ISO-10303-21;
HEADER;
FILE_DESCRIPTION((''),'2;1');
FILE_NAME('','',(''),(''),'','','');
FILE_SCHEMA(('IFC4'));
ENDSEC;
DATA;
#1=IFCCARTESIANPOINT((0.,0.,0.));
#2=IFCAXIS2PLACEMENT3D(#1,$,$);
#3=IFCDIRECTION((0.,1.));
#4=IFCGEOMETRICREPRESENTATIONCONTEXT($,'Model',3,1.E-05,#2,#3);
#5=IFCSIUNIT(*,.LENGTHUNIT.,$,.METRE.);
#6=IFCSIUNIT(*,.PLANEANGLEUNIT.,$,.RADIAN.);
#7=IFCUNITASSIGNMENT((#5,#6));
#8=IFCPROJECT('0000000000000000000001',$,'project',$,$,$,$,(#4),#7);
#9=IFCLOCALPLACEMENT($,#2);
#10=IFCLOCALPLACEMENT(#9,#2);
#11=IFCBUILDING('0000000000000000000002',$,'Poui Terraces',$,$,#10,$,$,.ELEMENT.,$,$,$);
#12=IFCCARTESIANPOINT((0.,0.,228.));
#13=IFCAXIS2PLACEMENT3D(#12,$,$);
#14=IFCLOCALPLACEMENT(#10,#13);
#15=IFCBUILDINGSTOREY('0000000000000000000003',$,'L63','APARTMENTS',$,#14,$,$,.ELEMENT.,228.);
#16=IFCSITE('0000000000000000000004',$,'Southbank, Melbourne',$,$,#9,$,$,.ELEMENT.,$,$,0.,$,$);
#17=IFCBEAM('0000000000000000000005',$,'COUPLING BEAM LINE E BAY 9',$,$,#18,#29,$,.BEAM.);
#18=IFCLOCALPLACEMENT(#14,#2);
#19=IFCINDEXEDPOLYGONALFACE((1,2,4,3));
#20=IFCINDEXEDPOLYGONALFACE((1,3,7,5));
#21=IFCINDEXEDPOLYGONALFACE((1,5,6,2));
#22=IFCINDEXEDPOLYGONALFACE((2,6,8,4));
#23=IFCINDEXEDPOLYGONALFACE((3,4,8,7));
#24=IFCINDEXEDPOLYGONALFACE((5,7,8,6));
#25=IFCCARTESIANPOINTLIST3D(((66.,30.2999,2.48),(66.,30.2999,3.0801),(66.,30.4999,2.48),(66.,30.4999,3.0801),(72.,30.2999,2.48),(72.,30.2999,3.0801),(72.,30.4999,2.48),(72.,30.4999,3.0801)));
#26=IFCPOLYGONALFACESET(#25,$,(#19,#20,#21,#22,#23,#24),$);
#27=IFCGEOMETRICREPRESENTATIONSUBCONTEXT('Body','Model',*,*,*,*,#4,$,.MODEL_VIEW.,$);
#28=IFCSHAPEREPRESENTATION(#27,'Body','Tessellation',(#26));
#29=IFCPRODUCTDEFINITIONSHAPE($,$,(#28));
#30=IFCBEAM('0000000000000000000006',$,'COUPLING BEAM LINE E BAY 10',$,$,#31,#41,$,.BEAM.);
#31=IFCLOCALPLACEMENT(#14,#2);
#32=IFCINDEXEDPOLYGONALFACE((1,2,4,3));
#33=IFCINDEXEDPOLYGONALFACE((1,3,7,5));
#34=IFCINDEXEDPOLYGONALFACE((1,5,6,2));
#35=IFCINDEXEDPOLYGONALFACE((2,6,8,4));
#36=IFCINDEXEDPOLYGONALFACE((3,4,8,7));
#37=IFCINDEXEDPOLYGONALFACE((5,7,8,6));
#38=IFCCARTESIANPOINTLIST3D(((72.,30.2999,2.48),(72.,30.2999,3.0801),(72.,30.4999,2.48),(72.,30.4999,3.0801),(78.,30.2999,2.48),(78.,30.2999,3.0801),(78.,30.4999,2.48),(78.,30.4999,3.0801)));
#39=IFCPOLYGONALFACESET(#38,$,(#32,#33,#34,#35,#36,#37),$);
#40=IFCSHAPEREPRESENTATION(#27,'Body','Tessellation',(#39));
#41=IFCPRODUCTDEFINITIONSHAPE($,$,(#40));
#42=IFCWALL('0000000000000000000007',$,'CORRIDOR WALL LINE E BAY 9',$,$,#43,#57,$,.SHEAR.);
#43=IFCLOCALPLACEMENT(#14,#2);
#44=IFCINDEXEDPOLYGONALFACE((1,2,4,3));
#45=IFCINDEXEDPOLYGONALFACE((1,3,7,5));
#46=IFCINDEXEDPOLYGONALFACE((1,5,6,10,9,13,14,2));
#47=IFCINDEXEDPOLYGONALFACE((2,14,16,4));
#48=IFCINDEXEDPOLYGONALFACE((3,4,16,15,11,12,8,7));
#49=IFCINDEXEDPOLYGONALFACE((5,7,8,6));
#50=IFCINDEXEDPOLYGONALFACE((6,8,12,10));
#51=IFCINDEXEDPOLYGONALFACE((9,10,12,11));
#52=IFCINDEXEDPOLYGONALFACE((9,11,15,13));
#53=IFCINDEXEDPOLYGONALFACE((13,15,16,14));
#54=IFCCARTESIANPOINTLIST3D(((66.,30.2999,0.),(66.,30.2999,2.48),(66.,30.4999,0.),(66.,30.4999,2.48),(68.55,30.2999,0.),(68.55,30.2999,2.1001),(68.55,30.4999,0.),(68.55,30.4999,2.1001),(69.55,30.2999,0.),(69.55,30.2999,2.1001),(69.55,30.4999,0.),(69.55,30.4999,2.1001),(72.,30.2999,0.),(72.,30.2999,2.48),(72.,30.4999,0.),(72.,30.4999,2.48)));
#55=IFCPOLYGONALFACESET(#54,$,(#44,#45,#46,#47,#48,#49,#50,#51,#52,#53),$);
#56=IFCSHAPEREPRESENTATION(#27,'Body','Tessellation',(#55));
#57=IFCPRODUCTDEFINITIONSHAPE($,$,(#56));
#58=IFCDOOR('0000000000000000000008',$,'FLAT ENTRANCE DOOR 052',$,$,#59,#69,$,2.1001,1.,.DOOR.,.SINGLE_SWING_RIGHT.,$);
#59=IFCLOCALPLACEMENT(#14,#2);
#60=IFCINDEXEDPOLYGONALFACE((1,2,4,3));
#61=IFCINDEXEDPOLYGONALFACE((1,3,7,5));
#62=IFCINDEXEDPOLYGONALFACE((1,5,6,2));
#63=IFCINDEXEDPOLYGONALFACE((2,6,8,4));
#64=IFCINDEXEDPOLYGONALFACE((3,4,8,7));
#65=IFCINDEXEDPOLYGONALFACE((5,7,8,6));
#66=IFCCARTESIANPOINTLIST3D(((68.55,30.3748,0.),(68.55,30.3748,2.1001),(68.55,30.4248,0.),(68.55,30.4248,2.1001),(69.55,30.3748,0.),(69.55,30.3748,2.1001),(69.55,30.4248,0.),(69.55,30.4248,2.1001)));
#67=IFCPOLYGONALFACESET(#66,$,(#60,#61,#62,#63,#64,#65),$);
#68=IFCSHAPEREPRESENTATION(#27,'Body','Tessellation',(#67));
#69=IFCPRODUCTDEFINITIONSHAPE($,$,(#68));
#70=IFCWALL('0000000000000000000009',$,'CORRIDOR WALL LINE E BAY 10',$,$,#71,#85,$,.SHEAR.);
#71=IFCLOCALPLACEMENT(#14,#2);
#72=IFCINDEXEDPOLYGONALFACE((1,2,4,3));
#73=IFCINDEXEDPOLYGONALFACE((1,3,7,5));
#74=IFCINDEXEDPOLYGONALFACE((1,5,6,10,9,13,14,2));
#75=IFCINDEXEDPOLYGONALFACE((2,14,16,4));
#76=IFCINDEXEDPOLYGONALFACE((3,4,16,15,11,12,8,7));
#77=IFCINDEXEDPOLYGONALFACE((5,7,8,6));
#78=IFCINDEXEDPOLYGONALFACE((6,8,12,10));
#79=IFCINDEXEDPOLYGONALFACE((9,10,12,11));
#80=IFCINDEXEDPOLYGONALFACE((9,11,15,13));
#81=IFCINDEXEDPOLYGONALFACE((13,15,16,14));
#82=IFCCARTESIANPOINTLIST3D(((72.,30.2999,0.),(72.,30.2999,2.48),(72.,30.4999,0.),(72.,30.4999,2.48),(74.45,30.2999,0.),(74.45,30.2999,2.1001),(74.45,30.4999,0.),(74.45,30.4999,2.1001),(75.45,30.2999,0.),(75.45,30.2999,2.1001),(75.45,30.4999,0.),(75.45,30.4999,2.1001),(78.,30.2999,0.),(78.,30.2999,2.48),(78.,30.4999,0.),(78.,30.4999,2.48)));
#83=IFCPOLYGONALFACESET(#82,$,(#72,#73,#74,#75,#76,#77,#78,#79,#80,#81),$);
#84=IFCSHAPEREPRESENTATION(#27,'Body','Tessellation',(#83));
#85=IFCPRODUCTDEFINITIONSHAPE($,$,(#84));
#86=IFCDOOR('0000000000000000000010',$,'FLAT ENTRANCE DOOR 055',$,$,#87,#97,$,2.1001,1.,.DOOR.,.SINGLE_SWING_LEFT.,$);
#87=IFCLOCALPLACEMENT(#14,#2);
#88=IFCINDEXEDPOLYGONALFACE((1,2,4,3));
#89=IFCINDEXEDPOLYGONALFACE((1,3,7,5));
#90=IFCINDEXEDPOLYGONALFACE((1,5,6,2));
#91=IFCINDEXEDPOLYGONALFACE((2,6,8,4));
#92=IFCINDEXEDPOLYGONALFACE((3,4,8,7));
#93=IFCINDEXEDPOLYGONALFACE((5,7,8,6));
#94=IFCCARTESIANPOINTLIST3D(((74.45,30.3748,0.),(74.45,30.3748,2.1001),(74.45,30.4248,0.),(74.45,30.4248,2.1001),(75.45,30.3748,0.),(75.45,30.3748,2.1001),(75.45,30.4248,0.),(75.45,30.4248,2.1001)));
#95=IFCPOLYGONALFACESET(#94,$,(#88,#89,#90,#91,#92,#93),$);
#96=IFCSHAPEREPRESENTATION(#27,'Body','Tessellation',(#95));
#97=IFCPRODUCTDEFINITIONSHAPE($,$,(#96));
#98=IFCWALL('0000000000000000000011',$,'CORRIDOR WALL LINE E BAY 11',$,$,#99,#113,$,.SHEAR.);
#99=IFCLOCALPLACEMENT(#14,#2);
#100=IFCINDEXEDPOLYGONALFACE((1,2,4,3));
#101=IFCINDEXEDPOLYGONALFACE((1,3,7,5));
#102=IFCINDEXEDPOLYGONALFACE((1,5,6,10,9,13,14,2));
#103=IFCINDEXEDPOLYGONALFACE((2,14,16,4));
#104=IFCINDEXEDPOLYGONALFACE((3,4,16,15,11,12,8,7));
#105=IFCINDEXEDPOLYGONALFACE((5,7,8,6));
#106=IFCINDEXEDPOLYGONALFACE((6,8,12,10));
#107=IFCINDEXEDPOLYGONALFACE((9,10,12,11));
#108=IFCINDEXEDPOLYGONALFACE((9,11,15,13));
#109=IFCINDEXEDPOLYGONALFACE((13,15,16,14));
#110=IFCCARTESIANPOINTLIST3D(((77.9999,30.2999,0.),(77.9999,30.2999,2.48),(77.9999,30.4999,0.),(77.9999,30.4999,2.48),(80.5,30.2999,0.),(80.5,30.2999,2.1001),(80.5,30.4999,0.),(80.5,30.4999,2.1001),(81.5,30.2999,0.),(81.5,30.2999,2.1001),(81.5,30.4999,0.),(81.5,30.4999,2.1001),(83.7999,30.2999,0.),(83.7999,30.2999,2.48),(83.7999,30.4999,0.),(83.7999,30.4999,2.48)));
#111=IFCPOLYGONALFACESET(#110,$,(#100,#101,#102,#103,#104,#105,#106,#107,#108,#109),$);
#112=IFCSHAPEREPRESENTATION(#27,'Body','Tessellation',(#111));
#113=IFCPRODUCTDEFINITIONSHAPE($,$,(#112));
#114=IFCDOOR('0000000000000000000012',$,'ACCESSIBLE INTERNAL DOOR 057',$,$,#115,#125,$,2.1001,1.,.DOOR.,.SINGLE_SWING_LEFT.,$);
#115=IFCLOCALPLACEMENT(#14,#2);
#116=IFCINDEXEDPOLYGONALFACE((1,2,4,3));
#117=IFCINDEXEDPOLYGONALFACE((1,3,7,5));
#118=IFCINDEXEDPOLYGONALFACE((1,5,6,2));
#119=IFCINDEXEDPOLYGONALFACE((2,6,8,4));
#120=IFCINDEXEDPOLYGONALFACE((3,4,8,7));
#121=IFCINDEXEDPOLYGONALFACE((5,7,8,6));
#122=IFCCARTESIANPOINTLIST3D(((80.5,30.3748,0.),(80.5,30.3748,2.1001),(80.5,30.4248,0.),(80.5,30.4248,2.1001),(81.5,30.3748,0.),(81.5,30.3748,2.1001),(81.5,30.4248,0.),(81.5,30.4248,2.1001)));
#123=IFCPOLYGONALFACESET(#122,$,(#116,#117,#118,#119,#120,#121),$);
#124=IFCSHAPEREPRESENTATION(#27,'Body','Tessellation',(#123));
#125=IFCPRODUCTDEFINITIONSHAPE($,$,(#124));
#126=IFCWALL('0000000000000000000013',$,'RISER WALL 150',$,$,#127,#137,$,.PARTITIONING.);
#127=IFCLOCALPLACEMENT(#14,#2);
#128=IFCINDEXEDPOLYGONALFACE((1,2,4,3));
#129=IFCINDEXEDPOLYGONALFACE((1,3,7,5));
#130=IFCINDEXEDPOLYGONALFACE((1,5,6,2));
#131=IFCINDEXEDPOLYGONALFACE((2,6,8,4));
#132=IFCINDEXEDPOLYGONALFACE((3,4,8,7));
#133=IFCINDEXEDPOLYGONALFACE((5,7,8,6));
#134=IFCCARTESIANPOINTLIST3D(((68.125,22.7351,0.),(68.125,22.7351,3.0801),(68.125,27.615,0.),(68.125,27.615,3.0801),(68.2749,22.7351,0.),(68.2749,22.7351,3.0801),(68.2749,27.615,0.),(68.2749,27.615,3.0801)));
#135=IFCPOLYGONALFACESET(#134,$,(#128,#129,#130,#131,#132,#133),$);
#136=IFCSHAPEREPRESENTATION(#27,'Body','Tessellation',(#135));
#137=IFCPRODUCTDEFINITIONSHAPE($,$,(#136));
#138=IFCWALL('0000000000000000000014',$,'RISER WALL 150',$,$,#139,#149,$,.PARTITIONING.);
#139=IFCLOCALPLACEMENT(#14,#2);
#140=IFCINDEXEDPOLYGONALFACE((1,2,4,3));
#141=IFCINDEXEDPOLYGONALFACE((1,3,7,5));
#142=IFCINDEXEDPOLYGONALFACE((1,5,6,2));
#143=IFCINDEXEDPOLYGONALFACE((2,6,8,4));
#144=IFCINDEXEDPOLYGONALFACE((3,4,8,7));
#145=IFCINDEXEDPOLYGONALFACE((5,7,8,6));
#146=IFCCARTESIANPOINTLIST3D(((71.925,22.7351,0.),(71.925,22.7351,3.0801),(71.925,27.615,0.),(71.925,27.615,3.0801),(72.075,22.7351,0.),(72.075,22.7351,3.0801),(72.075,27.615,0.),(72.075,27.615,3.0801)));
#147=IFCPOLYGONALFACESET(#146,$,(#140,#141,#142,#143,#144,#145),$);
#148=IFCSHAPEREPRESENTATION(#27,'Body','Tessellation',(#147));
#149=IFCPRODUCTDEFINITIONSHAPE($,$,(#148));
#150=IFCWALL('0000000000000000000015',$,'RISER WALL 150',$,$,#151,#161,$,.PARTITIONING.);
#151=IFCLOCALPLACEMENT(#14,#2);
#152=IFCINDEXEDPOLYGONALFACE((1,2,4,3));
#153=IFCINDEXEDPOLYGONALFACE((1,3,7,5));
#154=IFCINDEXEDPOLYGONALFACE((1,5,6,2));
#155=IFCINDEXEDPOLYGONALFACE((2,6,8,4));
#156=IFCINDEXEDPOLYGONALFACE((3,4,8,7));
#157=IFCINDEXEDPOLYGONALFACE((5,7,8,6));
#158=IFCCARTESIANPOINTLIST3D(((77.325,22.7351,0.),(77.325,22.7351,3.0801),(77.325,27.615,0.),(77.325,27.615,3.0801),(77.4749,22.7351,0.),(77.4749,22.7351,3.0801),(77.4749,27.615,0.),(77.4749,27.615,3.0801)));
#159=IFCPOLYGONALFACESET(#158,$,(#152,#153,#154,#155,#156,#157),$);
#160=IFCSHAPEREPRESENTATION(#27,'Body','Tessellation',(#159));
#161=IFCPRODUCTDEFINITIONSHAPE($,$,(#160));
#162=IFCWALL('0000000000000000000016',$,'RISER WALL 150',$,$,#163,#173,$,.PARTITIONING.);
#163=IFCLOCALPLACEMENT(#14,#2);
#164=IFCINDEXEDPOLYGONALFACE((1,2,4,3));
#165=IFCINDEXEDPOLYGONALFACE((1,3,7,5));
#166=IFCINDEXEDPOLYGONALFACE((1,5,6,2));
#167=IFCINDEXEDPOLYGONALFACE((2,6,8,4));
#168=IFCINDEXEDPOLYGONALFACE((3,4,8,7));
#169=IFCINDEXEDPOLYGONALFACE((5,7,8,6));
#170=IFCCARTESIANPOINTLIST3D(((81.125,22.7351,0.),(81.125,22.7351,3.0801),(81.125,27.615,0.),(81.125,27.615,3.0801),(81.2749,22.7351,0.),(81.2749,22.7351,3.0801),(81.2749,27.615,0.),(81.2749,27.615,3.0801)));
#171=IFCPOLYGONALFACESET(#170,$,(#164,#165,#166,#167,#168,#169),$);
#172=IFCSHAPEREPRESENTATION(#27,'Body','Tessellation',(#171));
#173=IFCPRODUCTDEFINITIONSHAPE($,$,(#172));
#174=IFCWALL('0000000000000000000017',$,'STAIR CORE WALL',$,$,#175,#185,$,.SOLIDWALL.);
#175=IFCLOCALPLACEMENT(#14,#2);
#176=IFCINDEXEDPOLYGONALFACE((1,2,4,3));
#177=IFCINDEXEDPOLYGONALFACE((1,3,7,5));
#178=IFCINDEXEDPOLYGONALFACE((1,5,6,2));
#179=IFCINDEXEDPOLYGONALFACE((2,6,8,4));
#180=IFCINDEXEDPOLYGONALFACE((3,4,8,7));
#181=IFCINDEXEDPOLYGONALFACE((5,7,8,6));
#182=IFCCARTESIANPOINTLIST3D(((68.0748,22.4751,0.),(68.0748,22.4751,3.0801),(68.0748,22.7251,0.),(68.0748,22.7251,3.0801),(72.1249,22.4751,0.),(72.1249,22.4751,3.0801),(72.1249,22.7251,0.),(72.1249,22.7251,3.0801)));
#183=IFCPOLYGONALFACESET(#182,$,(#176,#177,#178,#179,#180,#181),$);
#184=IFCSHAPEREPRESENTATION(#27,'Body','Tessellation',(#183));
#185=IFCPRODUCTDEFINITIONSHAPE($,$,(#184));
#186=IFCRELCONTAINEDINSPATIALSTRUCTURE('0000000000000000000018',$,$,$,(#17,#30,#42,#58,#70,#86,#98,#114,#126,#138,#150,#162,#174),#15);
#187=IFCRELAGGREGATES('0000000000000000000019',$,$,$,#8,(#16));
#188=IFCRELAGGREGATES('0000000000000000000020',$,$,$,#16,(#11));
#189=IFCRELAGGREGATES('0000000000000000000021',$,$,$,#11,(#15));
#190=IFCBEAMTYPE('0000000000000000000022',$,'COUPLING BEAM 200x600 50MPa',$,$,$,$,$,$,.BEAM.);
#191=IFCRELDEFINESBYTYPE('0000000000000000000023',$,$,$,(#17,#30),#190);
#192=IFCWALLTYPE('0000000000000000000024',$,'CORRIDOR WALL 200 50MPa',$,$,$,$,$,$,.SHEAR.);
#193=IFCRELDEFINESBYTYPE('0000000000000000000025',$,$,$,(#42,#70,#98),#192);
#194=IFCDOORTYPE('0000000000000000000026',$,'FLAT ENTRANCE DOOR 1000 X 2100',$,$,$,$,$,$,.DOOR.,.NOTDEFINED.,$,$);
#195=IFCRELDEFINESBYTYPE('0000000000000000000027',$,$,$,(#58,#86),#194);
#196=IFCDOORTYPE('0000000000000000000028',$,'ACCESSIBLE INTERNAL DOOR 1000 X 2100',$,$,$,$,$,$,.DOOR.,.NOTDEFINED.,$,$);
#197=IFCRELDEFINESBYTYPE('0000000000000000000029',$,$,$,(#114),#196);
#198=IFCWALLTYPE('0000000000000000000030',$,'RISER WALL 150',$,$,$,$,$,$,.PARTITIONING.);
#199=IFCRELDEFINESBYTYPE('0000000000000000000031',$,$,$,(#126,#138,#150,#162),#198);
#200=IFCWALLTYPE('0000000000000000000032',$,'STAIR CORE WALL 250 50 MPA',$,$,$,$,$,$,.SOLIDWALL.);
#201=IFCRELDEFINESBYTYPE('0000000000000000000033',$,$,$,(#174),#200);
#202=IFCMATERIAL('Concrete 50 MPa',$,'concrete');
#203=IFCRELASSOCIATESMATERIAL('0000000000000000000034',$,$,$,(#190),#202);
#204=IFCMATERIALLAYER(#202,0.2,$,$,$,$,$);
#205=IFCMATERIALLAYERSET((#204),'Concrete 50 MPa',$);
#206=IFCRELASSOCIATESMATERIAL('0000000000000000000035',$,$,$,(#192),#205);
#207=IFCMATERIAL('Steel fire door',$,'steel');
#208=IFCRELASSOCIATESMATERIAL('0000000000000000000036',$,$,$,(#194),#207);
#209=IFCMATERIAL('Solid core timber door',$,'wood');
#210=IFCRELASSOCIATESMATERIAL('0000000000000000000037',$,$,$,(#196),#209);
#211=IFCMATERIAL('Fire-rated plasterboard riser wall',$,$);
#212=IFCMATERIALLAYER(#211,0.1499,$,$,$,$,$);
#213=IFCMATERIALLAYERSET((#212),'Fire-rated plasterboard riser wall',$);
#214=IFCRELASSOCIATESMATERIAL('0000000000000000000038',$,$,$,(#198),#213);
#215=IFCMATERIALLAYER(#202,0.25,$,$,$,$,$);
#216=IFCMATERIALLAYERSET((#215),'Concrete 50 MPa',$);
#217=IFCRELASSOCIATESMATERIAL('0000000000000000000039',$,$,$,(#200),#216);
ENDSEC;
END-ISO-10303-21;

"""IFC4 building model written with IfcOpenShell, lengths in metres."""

from ifc_helpers import new_model, si_unit, direction, frame, frame_2d, origin, origin_2d, place, context, subcontext, project, spatial, rectangle, extrude, source, transform, mapped, material, layer, layer_set, material_profile, profile_set, type_object, element, fill, save


model = new_model("IFC4")

# Units and contexts
model_context = context("Model", 3, precision=1e-05, world=origin(), true_north=direction((0.0, 1.0)))
body_context = subcontext(model_context, "Body", "Model", "MODEL_VIEW")
ifc_project = project(units=[si_unit("LENGTHUNIT", "METRE"), si_unit("PLANEANGLEUNIT", "RADIAN")], contexts=[model_context])

# Site, building, storey
site_placement = place(None, origin())
site = spatial("IfcSite", under=ifc_project, at=site_placement, Name="Southbank, Melbourne", CompositionType="ELEMENT", RefElevation=0.0)
building_placement = place(site_placement, origin())
building = spatial("IfcBuilding", under=site, at=building_placement, Name="Poui Terraces", CompositionType="ELEMENT")
storey_placement = place(building_placement, frame((0.0, 0.0, 228.0)))
storey = spatial("IfcBuildingStorey", under=building, at=storey_placement, Name="L63", Description="APARTMENTS", CompositionType="ELEMENT", Elevation=228.0)

# Beams
ifc_material_1 = material(Name="Concrete 50 MPa", Category="concrete")
ifc_material_profile = material_profile(ifc_material_1, rectangle(XDim=0.2, YDim=0.6001, at=origin_2d()), Name="RC 200x600")
ifc_profile_set = profile_set([ifc_material_profile], Name="Concrete 50 MPa")
beam_type = type_object("IfcBeamType", Name="COUPLING BEAM 200x600 50MPa", PredefinedType="BEAM", material=ifc_profile_set)
shared_shape = source(origin(), body_context, "Body", "SweptSolid", [
    extrude(rectangle(XDim=0.2, YDim=0.6001, at=origin_2d()), origin(), (0.0, 0.0, 1.0), 6.0),
])
for number, where, z_axis, x_axis, name in (
    (1, (66.0, 30.3999, 2.78), (1.0, 0.0, 0.0), (0.0, 1.0, 0.0), "COUPLING BEAM LINE E BAY 9"),
    (2, (72.0, 30.3999, 2.78), (1.0, 0.0, 0.0), (0.0, 1.0, 0.0), "COUPLING BEAM LINE E BAY 10"),
):
    element("IfcBeam", number, at=place(storey_placement, frame(where, z_axis=z_axis, x_axis=x_axis)), inside=storey, type_object=beam_type, Name=name, PredefinedType="BEAM", context=body_context, shape_type="MappedRepresentation", body=[
        mapped(shared_shape, transform((0.0, 0.0, 0.0))),
    ])

# Walls, openings, doors
ifc_layer_1 = layer(ifc_material_1, 0.2)
ifc_layer_set_1 = layer_set([ifc_layer_1], Name="Concrete 50 MPa")
wall_type_1 = type_object("IfcWallType", Name="CORRIDOR WALL 200 50MPa", PredefinedType="SHEAR", material=ifc_layer_set_1)
wall_1_placement = place(storey_placement, frame((66.0, 30.3999, 0.0), z_axis=(0.0, 0.0, 1.0), x_axis=(1.0, 0.0, 0.0)))
wall_1 = element("IfcWall", 3, at=wall_1_placement, inside=storey, type_object=wall_type_1, Name="CORRIDOR WALL LINE E BAY 9", PredefinedType="SHEAR", context=body_context, shape_type="SweptSolid", body=[
    extrude(rectangle(XDim=6.0, YDim=0.2, at=frame_2d((3.0, 0.0))), origin(), (0.0, 0.0, 1.0), 2.48),
])
opening_1_placement = place(wall_1_placement, frame((2.55, 0.0, 0.0)))
opening_1 = element("IfcOpeningElement", 4, at=opening_1_placement, cuts=wall_1, PredefinedType="OPENING", context=body_context, shape_type="SweptSolid", body=[
    extrude(rectangle(XDim=1.0, YDim=2.1001, at=frame_2d((0.5, 1.05))), frame((0.0, 0.1099, 0.0), z_axis=(0.0, -1.0, 0.0), x_axis=(1.0, 0.0, 0.0)), (0.0, 0.0, 1.0), 0.22),
])
ifc_material_2 = material(Name="Steel fire door", Category="steel")
door_type_1 = type_object("IfcDoorType", Name="FLAT ENTRANCE DOOR 1000 X 2100", OperationType="NOTDEFINED", PredefinedType="DOOR", material=ifc_material_2)
door_1_placement = place(opening_1_placement, origin())
door_1 = element("IfcDoor", 5, at=door_1_placement, inside=storey, type_object=door_type_1, Name="FLAT ENTRANCE DOOR 052", OperationType="SINGLE_SWING_RIGHT", OverallHeight=2.1001, OverallWidth=1.0, PredefinedType="DOOR", context=body_context, shape_type="SweptSolid", body=[
    extrude(rectangle(XDim=1.0, YDim=2.1001, at=frame_2d((0.5, 1.05))), frame((0.0, 0.0249, 0.0), z_axis=(0.0, -1.0, 0.0), x_axis=(1.0, 0.0, 0.0)), (0.0, 0.0, 1.0), 0.05),
])
fill(opening_1, door_1)
wall_2_placement = place(storey_placement, frame((72.0, 30.3999, 0.0), z_axis=(0.0, 0.0, 1.0), x_axis=(1.0, 0.0, 0.0)))
wall_2 = element("IfcWall", 6, at=wall_2_placement, inside=storey, type_object=wall_type_1, Name="CORRIDOR WALL LINE E BAY 10", PredefinedType="SHEAR", context=body_context, shape_type="SweptSolid", body=[
    extrude(rectangle(XDim=6.0, YDim=0.2, at=frame_2d((3.0, 0.0))), origin(), (0.0, 0.0, 1.0), 2.48),
])
opening_2_placement = place(wall_2_placement, frame((2.45, 0.0, 0.0)))
opening_2 = element("IfcOpeningElement", 7, at=opening_2_placement, cuts=wall_2, PredefinedType="OPENING", context=body_context, shape_type="SweptSolid", body=[
    extrude(rectangle(XDim=1.0, YDim=2.1001, at=frame_2d((0.5, 1.05))), frame((0.0, 0.1099, 0.0), z_axis=(0.0, -1.0, 0.0), x_axis=(1.0, 0.0, 0.0)), (0.0, 0.0, 1.0), 0.22),
])
door_2_placement = place(opening_2_placement, origin())
door_2 = element("IfcDoor", 8, at=door_2_placement, inside=storey, type_object=door_type_1, Name="FLAT ENTRANCE DOOR 055", OperationType="SINGLE_SWING_LEFT", OverallHeight=2.1001, OverallWidth=1.0, PredefinedType="DOOR", context=body_context, shape_type="SweptSolid", body=[
    extrude(rectangle(XDim=1.0, YDim=2.1001, at=frame_2d((0.5, 1.05))), frame((0.0, 0.0249, 0.0), z_axis=(0.0, -1.0, 0.0), x_axis=(1.0, 0.0, 0.0)), (0.0, 0.0, 1.0), 0.05),
])
fill(opening_2, door_2)
wall_3_placement = place(storey_placement, frame((78.0, 30.3999, 0.0), z_axis=(0.0, 0.0, 1.0), x_axis=(1.0, 0.0, 0.0)))
wall_3 = element("IfcWall", 9, at=wall_3_placement, inside=storey, type_object=wall_type_1, Name="CORRIDOR WALL LINE E BAY 11", PredefinedType="SHEAR", context=body_context, shape_type="SweptSolid", body=[
    extrude(rectangle(XDim=5.8, YDim=0.2, at=frame_2d((2.8999, 0.0))), origin(), (0.0, 0.0, 1.0), 2.48),
])
opening_3_placement = place(wall_3_placement, frame((2.5, 0.0, 0.0)))
opening_3 = element("IfcOpeningElement", 10, at=opening_3_placement, cuts=wall_3, PredefinedType="OPENING", context=body_context, shape_type="SweptSolid", body=[
    extrude(rectangle(XDim=1.0, YDim=2.1001, at=frame_2d((0.5, 1.05))), frame((0.0, 0.1099, 0.0), z_axis=(0.0, -1.0, 0.0), x_axis=(1.0, 0.0, 0.0)), (0.0, 0.0, 1.0), 0.22),
])
ifc_material_3 = material(Name="Solid core timber door", Category="wood")
door_type_2 = type_object("IfcDoorType", Name="ACCESSIBLE INTERNAL DOOR 1000 X 2100", OperationType="NOTDEFINED", PredefinedType="DOOR", material=ifc_material_3)
door_3_placement = place(opening_3_placement, origin())
door_3 = element("IfcDoor", 11, at=door_3_placement, inside=storey, type_object=door_type_2, Name="ACCESSIBLE INTERNAL DOOR 057", OperationType="SINGLE_SWING_LEFT", OverallHeight=2.1001, OverallWidth=1.0, PredefinedType="DOOR", context=body_context, shape_type="SweptSolid", body=[
    extrude(rectangle(XDim=1.0, YDim=2.1001, at=frame_2d((0.5, 1.05))), frame((0.0, 0.0249, 0.0), z_axis=(0.0, -1.0, 0.0), x_axis=(1.0, 0.0, 0.0)), (0.0, 0.0, 1.0), 0.05),
])
fill(opening_3, door_3)

# Walls
ifc_material_4 = material(Name="Fire-rated plasterboard riser wall")
ifc_layer_2 = layer(ifc_material_4, 0.1499)
ifc_layer_set_2 = layer_set([ifc_layer_2], Name="Fire-rated plasterboard riser wall")
wall_type_2 = type_object("IfcWallType", Name="RISER WALL 150", PredefinedType="PARTITIONING", material=ifc_layer_set_2)
for number, where, z_axis, x_axis, name in (
    (12, (68.2, 22.7351, 0.0), (0.0, 0.0, 1.0), (0.0, 1.0, 0.0), "RISER WALL 150"),
    (13, (72.0, 22.7351, 0.0), (0.0, 0.0, 1.0), (0.0, 1.0, 0.0), "RISER WALL 150"),
    (14, (77.3999, 22.7351, 0.0), (0.0, 0.0, 1.0), (0.0, 1.0, 0.0), "RISER WALL 150"),
    (15, (81.2, 22.7351, 0.0), (0.0, 0.0, 1.0), (0.0, 1.0, 0.0), "RISER WALL 150"),
):
    element("IfcWall", number, at=place(storey_placement, frame(where, z_axis=z_axis, x_axis=x_axis)), inside=storey, type_object=wall_type_2, Name=name, PredefinedType="PARTITIONING", context=body_context, shape_type="SweptSolid", body=[
        extrude(rectangle(XDim=4.8799, YDim=0.1499, at=frame_2d((2.4399, 0.0))), origin(), (0.0, 0.0, 1.0), 3.0801),
    ])
ifc_layer_3 = layer(ifc_material_1, 0.25)
ifc_layer_set_3 = layer_set([ifc_layer_3], Name="Concrete 50 MPa")
wall_type_3 = type_object("IfcWallType", Name="STAIR CORE WALL 250 50 MPA", PredefinedType="SOLIDWALL", material=ifc_layer_set_3)
for number, where, z_axis, x_axis, name in (
    (16, (68.075, 22.6001, 0.0), (0.0, 0.0, 1.0), (1.0, 0.0, 0.0), "STAIR CORE WALL"),
):
    element("IfcWall", number, at=place(storey_placement, frame(where, z_axis=z_axis, x_axis=x_axis)), inside=storey, type_object=wall_type_3, Name=name, PredefinedType="SOLIDWALL", context=body_context, shape_type="SweptSolid", body=[
        extrude(rectangle(XDim=4.05, YDim=0.25, at=frame_2d((2.0249, 0.0))), origin(), (0.0, 0.0, 1.0), 3.0801),
    ])

save(model, "model.ifc")
